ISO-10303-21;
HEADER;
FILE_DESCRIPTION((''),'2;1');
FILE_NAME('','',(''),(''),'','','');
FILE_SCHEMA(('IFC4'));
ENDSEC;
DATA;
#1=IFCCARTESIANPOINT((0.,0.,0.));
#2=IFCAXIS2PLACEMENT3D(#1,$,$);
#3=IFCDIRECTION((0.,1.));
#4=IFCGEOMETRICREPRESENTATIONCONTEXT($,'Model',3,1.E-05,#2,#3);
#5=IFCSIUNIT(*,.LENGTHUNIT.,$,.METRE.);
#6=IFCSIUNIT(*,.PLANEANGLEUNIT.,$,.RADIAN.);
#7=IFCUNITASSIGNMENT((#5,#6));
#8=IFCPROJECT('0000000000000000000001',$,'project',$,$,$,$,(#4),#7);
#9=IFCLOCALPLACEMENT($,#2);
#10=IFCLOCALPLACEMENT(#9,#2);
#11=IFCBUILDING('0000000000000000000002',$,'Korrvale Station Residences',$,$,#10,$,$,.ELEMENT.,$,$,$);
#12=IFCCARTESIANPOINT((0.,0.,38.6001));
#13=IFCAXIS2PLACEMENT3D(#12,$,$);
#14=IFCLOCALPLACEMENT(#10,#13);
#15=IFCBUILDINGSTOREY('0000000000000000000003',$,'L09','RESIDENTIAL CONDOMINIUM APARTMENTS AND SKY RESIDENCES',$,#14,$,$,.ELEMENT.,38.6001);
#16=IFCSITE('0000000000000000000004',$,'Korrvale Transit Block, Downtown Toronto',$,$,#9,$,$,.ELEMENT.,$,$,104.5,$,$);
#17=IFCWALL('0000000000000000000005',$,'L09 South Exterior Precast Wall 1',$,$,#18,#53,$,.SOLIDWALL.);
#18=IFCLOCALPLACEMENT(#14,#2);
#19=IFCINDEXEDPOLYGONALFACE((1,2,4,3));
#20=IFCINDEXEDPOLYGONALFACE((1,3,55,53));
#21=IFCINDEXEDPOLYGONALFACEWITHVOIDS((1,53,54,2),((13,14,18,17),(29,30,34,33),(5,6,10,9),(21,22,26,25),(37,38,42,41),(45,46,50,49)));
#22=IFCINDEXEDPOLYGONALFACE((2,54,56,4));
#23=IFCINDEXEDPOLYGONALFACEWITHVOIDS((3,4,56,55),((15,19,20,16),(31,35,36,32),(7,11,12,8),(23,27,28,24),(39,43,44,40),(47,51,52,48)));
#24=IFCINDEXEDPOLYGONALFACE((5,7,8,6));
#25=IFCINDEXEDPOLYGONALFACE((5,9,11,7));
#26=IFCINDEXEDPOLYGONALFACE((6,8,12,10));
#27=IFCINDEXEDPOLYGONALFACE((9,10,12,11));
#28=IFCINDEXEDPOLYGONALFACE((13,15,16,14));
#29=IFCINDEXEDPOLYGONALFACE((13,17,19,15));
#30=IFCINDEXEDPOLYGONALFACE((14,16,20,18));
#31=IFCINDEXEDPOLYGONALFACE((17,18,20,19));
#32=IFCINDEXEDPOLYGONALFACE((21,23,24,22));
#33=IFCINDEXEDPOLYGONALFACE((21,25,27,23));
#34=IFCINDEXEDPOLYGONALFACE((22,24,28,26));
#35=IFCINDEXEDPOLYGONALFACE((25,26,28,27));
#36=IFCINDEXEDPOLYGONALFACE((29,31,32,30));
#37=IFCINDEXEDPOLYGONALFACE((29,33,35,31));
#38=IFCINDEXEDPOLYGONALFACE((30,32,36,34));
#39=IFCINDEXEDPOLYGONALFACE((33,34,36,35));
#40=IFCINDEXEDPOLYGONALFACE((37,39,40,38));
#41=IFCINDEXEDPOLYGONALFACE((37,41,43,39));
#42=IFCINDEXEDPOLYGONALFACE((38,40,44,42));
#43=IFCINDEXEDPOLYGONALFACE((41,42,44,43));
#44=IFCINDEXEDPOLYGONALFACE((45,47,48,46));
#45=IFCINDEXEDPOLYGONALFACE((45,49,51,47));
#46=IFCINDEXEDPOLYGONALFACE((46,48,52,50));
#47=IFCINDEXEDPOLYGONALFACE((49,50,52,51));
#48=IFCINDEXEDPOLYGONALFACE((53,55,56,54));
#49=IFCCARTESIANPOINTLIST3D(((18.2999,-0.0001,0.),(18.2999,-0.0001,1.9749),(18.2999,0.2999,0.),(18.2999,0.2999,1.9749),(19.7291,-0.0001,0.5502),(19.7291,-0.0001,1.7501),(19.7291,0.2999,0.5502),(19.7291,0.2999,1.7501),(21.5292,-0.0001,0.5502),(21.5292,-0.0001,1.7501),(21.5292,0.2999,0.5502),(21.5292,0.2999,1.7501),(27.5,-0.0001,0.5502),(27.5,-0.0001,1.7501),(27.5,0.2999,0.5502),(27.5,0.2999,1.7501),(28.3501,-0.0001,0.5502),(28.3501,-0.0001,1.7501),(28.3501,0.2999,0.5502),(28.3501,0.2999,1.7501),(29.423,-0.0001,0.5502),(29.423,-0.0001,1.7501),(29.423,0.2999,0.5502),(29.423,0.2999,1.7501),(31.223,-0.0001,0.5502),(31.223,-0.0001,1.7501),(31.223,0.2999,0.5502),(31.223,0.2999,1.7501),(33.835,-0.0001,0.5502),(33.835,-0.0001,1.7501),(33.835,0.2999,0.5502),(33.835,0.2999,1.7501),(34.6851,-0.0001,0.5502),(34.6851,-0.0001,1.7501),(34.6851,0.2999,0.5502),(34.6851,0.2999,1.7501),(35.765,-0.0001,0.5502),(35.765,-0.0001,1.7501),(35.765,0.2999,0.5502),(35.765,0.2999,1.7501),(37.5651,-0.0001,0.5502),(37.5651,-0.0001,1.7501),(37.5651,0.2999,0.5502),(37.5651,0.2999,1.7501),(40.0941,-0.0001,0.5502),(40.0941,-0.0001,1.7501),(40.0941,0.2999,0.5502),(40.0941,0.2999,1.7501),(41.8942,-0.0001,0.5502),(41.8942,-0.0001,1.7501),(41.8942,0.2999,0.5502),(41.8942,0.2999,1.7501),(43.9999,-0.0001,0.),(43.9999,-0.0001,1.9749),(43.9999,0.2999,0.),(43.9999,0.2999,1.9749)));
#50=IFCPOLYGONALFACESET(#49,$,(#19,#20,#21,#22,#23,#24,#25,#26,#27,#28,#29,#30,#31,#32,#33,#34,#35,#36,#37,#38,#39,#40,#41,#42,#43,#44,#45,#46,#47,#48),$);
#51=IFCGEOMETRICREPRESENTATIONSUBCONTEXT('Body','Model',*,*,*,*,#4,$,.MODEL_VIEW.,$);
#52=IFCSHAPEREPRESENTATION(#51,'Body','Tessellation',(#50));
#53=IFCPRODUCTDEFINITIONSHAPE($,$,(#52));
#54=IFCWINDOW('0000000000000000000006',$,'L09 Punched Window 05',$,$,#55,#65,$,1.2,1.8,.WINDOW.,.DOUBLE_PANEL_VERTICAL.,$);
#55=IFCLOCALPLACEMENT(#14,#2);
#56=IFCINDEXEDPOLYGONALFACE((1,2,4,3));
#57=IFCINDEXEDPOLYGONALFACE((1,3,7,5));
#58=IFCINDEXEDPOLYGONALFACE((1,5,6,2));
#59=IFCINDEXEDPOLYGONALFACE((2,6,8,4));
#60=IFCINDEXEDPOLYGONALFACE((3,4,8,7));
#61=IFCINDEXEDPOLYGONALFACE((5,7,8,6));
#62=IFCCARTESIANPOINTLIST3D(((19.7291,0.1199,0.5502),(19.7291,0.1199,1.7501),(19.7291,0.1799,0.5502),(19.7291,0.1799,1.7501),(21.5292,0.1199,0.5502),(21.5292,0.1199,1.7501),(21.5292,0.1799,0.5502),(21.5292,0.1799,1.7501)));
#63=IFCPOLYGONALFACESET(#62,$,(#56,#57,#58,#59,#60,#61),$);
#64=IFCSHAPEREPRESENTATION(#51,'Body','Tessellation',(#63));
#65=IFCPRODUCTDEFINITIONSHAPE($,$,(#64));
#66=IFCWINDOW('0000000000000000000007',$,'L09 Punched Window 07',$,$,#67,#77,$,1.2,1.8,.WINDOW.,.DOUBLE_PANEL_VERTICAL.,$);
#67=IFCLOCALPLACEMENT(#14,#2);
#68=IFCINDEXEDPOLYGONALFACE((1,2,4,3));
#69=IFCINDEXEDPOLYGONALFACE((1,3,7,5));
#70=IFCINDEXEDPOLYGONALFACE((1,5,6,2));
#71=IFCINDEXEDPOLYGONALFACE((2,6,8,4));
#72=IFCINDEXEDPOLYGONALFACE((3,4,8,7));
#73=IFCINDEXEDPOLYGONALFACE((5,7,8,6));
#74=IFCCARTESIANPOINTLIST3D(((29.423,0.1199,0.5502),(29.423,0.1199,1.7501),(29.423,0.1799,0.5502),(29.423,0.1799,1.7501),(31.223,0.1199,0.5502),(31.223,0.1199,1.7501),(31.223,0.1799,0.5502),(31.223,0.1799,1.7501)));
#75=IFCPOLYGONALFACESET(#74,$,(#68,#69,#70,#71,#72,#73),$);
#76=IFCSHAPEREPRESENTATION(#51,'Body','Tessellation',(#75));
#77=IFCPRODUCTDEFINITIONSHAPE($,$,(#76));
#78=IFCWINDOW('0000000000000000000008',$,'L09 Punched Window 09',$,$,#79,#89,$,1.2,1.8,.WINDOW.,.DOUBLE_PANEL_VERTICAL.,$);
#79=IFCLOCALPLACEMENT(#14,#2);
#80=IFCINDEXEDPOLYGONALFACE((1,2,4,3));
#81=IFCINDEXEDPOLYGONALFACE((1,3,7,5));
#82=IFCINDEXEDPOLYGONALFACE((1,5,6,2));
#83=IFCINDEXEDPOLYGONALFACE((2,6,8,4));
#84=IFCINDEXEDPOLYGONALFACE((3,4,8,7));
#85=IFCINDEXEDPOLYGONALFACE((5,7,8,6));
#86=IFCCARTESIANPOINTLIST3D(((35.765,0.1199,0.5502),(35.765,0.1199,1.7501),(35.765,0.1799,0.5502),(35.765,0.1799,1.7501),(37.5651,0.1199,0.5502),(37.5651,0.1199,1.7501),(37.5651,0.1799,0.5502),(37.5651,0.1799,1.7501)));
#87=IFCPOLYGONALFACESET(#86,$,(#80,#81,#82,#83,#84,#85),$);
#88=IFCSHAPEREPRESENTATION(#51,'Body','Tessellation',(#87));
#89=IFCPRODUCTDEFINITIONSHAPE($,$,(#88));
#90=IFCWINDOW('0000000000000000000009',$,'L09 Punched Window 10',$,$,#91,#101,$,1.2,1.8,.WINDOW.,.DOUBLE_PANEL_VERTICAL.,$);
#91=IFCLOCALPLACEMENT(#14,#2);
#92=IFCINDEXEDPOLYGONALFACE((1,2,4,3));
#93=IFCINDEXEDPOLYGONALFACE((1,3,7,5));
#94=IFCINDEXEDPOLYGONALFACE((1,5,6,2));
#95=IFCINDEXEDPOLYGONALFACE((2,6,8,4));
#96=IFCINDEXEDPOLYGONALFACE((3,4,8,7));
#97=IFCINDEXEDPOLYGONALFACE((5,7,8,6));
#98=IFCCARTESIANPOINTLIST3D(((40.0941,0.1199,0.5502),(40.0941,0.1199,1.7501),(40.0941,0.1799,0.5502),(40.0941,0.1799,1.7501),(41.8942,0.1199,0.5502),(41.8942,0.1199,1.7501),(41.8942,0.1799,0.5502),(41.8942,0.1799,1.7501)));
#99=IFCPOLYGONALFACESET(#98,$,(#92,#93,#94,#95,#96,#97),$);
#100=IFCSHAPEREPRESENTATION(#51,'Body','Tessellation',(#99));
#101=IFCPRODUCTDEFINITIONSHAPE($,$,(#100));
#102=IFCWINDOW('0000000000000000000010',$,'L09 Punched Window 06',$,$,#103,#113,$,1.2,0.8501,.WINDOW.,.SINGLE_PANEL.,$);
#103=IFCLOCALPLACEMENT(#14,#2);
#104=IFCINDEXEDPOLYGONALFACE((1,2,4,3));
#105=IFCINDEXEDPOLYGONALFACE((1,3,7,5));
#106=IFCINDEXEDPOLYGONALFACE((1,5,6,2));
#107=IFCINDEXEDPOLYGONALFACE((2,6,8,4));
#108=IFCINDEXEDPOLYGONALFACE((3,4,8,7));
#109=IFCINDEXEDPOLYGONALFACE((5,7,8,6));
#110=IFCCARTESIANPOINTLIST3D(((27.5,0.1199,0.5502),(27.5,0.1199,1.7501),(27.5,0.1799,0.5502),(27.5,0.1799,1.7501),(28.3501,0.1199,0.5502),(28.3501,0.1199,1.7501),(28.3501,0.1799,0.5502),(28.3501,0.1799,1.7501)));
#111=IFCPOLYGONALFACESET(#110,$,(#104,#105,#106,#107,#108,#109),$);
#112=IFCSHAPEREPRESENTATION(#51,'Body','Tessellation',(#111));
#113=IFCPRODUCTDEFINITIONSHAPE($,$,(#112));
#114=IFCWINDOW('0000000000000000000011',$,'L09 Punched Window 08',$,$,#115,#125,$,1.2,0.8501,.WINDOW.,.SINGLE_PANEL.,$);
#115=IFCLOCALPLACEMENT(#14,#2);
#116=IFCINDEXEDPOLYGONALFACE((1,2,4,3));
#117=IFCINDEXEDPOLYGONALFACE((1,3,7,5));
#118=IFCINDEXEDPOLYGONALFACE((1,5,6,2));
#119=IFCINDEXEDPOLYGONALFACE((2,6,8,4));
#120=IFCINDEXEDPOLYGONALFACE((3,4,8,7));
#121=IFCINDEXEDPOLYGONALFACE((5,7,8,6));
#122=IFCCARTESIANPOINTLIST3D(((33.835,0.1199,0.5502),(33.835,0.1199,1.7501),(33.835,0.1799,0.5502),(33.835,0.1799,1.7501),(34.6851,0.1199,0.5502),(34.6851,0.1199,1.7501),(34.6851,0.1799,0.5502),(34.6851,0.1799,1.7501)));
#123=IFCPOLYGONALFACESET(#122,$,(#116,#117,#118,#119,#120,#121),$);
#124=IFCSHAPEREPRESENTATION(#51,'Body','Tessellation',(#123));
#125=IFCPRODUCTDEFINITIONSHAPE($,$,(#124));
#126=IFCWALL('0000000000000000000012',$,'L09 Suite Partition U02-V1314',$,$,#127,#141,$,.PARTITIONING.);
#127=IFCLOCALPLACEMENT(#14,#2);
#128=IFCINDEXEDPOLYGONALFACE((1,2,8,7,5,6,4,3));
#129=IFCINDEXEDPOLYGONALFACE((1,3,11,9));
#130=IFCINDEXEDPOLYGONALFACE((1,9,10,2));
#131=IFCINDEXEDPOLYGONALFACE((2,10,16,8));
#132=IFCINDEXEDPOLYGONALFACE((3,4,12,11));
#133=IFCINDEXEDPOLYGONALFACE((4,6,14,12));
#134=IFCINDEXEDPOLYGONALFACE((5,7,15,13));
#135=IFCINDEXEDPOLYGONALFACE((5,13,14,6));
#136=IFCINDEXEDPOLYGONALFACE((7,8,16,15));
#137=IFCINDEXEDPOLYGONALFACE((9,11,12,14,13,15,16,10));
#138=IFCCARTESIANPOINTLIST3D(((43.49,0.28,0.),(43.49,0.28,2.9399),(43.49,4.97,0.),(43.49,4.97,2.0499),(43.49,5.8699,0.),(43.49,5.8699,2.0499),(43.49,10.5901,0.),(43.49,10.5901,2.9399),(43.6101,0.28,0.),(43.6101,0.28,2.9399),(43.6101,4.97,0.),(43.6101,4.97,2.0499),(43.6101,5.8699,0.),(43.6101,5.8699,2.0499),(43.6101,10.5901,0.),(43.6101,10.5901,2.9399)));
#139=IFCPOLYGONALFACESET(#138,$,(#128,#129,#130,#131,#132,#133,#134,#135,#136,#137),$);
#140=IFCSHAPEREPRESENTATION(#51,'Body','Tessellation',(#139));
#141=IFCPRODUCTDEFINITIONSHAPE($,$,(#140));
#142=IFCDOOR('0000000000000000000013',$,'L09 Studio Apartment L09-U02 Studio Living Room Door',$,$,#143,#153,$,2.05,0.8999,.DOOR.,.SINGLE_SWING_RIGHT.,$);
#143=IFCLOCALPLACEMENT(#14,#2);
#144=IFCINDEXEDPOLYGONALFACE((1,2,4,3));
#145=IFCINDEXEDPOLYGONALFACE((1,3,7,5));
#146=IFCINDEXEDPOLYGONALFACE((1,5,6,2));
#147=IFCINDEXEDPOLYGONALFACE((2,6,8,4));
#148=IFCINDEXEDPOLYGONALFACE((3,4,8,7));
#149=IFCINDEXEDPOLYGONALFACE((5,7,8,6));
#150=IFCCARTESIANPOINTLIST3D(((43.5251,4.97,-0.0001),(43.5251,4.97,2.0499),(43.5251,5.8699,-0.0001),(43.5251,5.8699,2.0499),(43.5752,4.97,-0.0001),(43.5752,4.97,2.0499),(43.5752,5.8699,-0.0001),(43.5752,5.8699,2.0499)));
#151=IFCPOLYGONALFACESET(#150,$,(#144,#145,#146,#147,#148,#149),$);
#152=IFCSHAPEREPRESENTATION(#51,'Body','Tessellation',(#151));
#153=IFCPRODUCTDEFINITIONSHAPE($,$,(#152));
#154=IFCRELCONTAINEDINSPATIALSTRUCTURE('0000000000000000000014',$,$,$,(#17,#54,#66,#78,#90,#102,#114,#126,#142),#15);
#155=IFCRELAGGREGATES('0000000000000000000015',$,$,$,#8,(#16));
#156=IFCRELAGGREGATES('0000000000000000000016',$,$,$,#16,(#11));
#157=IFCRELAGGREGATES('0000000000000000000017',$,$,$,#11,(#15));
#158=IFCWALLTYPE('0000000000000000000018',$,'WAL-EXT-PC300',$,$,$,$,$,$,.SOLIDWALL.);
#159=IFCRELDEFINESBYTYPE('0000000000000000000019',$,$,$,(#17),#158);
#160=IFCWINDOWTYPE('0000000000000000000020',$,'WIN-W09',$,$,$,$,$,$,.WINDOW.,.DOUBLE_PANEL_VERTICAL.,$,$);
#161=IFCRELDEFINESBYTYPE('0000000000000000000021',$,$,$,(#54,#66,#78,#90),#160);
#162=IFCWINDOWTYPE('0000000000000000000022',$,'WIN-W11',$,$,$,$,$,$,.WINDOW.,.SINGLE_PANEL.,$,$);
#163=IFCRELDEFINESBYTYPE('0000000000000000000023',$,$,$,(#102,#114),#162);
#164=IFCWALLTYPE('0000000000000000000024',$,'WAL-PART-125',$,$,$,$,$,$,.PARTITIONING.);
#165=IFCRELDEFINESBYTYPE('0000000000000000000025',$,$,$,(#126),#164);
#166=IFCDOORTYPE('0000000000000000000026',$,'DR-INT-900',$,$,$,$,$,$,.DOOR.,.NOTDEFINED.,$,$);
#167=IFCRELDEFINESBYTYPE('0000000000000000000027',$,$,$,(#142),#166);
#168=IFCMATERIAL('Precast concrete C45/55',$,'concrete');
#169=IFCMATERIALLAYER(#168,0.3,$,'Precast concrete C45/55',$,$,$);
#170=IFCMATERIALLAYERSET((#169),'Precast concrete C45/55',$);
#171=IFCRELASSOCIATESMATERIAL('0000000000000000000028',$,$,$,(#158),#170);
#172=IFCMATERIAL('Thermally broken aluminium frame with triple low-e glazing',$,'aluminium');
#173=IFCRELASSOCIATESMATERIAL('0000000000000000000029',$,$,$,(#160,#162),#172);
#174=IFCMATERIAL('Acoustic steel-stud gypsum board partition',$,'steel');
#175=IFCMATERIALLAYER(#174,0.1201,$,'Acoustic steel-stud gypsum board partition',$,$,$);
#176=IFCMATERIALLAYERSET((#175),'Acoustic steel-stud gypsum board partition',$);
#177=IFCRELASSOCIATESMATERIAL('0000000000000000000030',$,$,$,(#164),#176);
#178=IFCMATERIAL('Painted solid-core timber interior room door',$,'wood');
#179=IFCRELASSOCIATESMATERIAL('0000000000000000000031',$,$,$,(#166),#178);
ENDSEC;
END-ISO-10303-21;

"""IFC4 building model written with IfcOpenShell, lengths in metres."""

from ifc_helpers import new_model, si_unit, direction, frame, frame_2d, origin, place, context, subcontext, project, spatial, rectangle, extrude, material, layer, layer_set, type_object, element, fill, save


model = new_model("IFC4")

# Units and contexts
model_context = context("Model", 3, precision=1e-05, world=origin(), true_north=direction((0.0, 1.0)))
body_context = subcontext(model_context, "Body", "Model", "MODEL_VIEW")
ifc_project = project(units=[si_unit("LENGTHUNIT", "METRE"), si_unit("PLANEANGLEUNIT", "RADIAN")], contexts=[model_context])

# Site, building, storey
site_placement = place(None, origin())
site = spatial("IfcSite", under=ifc_project, at=site_placement, Name="Korrvale Transit Block, Downtown Toronto", CompositionType="ELEMENT", RefElevation=104.5)
building_placement = place(site_placement, origin())
building = spatial("IfcBuilding", under=site, at=building_placement, Name="Korrvale Station Residences", CompositionType="ELEMENT")
storey_placement = place(building_placement, frame((0.0, 0.0, 38.6001)))
storey = spatial("IfcBuildingStorey", under=building, at=storey_placement, Name="L09", Description="RESIDENTIAL CONDOMINIUM APARTMENTS AND SKY RESIDENCES", CompositionType="ELEMENT", Elevation=38.6001)

# Shared definitions
ifc_material_1 = material(Name="Precast concrete C45/55", Category="concrete")

# Wall, openings, windows
ifc_layer_1 = layer(ifc_material_1, 0.3, Name="Precast concrete C45/55")
ifc_layer_set_1 = layer_set([ifc_layer_1], Name="Precast concrete C45/55")
wall_type_1 = type_object("IfcWallType", Name="WAL-EXT-PC300", PredefinedType="SOLIDWALL", material=ifc_layer_set_1)
wall_1_placement = place(storey_placement, frame((44.0, 0.1499, 0.0), z_axis=(0.0, 0.0, 1.0), x_axis=(-1.0, 0.0, 0.0)))
wall_1 = element("IfcWall", 1, at=wall_1_placement, inside=storey, type_object=wall_type_1, Name="L09 South Exterior Precast Wall 1", PredefinedType="SOLIDWALL", context=body_context, shape_type="SweptSolid", body=[
    extrude(rectangle(XDim=25.7, YDim=0.3, at=frame_2d((12.8501, 0.0))), origin(), (0.0, 0.0, 1.0), 1.9749),
])
opening_1_placement = place(wall_1_placement, frame((22.4709, 0.0, 0.55)))
opening_1 = element("IfcOpeningElement", 2, at=opening_1_placement, cuts=wall_1, PredefinedType="OPENING", context=body_context, shape_type="SweptSolid", body=[
    extrude(rectangle(XDim=1.8, YDim=1.2, at=frame_2d((0.8999, 0.6001))), frame((0.0, 0.1602, 0.0), z_axis=(0.0, -1.0, 0.0), x_axis=(1.0, 0.0, 0.0)), (0.0, 0.0, 1.0), 0.3201),
])
opening_2_placement = place(wall_1_placement, frame((15.6499, 0.0, 0.55)))
opening_2 = element("IfcOpeningElement", 3, at=opening_2_placement, cuts=wall_1, PredefinedType="OPENING", context=body_context, shape_type="SweptSolid", body=[
    extrude(rectangle(XDim=0.8501, YDim=1.2, at=frame_2d((0.425, 0.6001))), frame((0.0, 0.1602, 0.0), z_axis=(0.0, -1.0, 0.0), x_axis=(1.0, 0.0, 0.0)), (0.0, 0.0, 1.0), 0.3201),
])
opening_3_placement = place(wall_1_placement, frame((12.7771, 0.0, 0.55)))
opening_3 = element("IfcOpeningElement", 4, at=opening_3_placement, cuts=wall_1, PredefinedType="OPENING", context=body_context, shape_type="SweptSolid", body=[
    extrude(rectangle(XDim=1.8, YDim=1.2, at=frame_2d((0.8999, 0.6001))), frame((0.0, 0.1602, 0.0), z_axis=(0.0, -1.0, 0.0), x_axis=(1.0, 0.0, 0.0)), (0.0, 0.0, 1.0), 0.3201),
])
opening_4_placement = place(wall_1_placement, frame((9.3149, 0.0, 0.55)))
opening_4 = element("IfcOpeningElement", 5, at=opening_4_placement, cuts=wall_1, PredefinedType="OPENING", context=body_context, shape_type="SweptSolid", body=[
    extrude(rectangle(XDim=0.8501, YDim=1.2, at=frame_2d((0.425, 0.6001))), frame((0.0, 0.1602, 0.0), z_axis=(0.0, -1.0, 0.0), x_axis=(1.0, 0.0, 0.0)), (0.0, 0.0, 1.0), 0.3201),
])
opening_5_placement = place(wall_1_placement, frame((6.4351, 0.0, 0.55)))
opening_5 = element("IfcOpeningElement", 6, at=opening_5_placement, cuts=wall_1, PredefinedType="OPENING", context=body_context, shape_type="SweptSolid", body=[
    extrude(rectangle(XDim=1.8, YDim=1.2, at=frame_2d((0.8999, 0.6001))), frame((0.0, 0.1602, 0.0), z_axis=(0.0, -1.0, 0.0), x_axis=(1.0, 0.0, 0.0)), (0.0, 0.0, 1.0), 0.3201),
])
opening_6_placement = place(wall_1_placement, frame((2.106, 0.0, 0.55)))
opening_6 = element("IfcOpeningElement", 7, at=opening_6_placement, cuts=wall_1, PredefinedType="OPENING", context=body_context, shape_type="SweptSolid", body=[
    extrude(rectangle(XDim=1.8, YDim=1.2, at=frame_2d((0.8999, 0.6001))), frame((0.0, 0.1602, 0.0), z_axis=(0.0, -1.0, 0.0), x_axis=(1.0, 0.0, 0.0)), (0.0, 0.0, 1.0), 0.3201),
])
ifc_material_2 = material(Name="Thermally broken aluminium frame with triple low-e glazing", Category="aluminium")
window_type_1 = type_object("IfcWindowType", Name="WIN-W09", PartitioningType="DOUBLE_PANEL_VERTICAL", PredefinedType="WINDOW", material=ifc_material_2)
window_1_placement = place(opening_1_placement, origin())
window_1 = element("IfcWindow", 8, at=window_1_placement, inside=storey, type_object=window_type_1, Name="L09 Punched Window 05", OverallHeight=1.2, OverallWidth=1.8, PartitioningType="DOUBLE_PANEL_VERTICAL", PredefinedType="WINDOW", context=body_context, shape_type="SweptSolid", body=[
    extrude(rectangle(XDim=1.8, YDim=1.2, at=frame_2d((0.8999, 0.6001))), frame((0.0, 0.03, 0.0), z_axis=(0.0, -1.0, 0.0), x_axis=(1.0, 0.0, 0.0)), (0.0, 0.0, 1.0), 0.0601),
])
fill(opening_1, window_1)
window_2_placement = place(opening_3_placement, origin())
window_2 = element("IfcWindow", 9, at=window_2_placement, inside=storey, type_object=window_type_1, Name="L09 Punched Window 07", OverallHeight=1.2, OverallWidth=1.8, PartitioningType="DOUBLE_PANEL_VERTICAL", PredefinedType="WINDOW", context=body_context, shape_type="SweptSolid", body=[
    extrude(rectangle(XDim=1.8, YDim=1.2, at=frame_2d((0.8999, 0.6001))), frame((0.0, 0.03, 0.0), z_axis=(0.0, -1.0, 0.0), x_axis=(1.0, 0.0, 0.0)), (0.0, 0.0, 1.0), 0.0601),
])
fill(opening_3, window_2)
window_3_placement = place(opening_5_placement, origin())
window_3 = element("IfcWindow", 10, at=window_3_placement, inside=storey, type_object=window_type_1, Name="L09 Punched Window 09", OverallHeight=1.2, OverallWidth=1.8, PartitioningType="DOUBLE_PANEL_VERTICAL", PredefinedType="WINDOW", context=body_context, shape_type="SweptSolid", body=[
    extrude(rectangle(XDim=1.8, YDim=1.2, at=frame_2d((0.8999, 0.6001))), frame((0.0, 0.03, 0.0), z_axis=(0.0, -1.0, 0.0), x_axis=(1.0, 0.0, 0.0)), (0.0, 0.0, 1.0), 0.0601),
])
fill(opening_5, window_3)
window_4_placement = place(opening_6_placement, origin())
window_4 = element("IfcWindow", 11, at=window_4_placement, inside=storey, type_object=window_type_1, Name="L09 Punched Window 10", OverallHeight=1.2, OverallWidth=1.8, PartitioningType="DOUBLE_PANEL_VERTICAL", PredefinedType="WINDOW", context=body_context, shape_type="SweptSolid", body=[
    extrude(rectangle(XDim=1.8, YDim=1.2, at=frame_2d((0.8999, 0.6001))), frame((0.0, 0.03, 0.0), z_axis=(0.0, -1.0, 0.0), x_axis=(1.0, 0.0, 0.0)), (0.0, 0.0, 1.0), 0.0601),
])
fill(opening_6, window_4)
window_type_2 = type_object("IfcWindowType", Name="WIN-W11", PartitioningType="SINGLE_PANEL", PredefinedType="WINDOW", material=ifc_material_2)
window_5_placement = place(opening_2_placement, origin())
window_5 = element("IfcWindow", 12, at=window_5_placement, inside=storey, type_object=window_type_2, Name="L09 Punched Window 06", OverallHeight=1.2, OverallWidth=0.8501, PartitioningType="SINGLE_PANEL", PredefinedType="WINDOW", context=body_context, shape_type="SweptSolid", body=[
    extrude(rectangle(XDim=0.8501, YDim=1.2, at=frame_2d((0.425, 0.6001))), frame((0.0, 0.03, 0.0), z_axis=(0.0, -1.0, 0.0), x_axis=(1.0, 0.0, 0.0)), (0.0, 0.0, 1.0), 0.0601),
])
fill(opening_2, window_5)
window_6_placement = place(opening_4_placement, origin())
window_6 = element("IfcWindow", 13, at=window_6_placement, inside=storey, type_object=window_type_2, Name="L09 Punched Window 08", OverallHeight=1.2, OverallWidth=0.8501, PartitioningType="SINGLE_PANEL", PredefinedType="WINDOW", context=body_context, shape_type="SweptSolid", body=[
    extrude(rectangle(XDim=0.8501, YDim=1.2, at=frame_2d((0.425, 0.6001))), frame((0.0, 0.03, 0.0), z_axis=(0.0, -1.0, 0.0), x_axis=(1.0, 0.0, 0.0)), (0.0, 0.0, 1.0), 0.0601),
])
fill(opening_4, window_6)

# Wall, opening, door
ifc_material_3 = material(Name="Acoustic steel-stud gypsum board partition", Category="steel")
ifc_layer_2 = layer(ifc_material_3, 0.1201, Name="Acoustic steel-stud gypsum board partition")
ifc_layer_set_2 = layer_set([ifc_layer_2], Name="Acoustic steel-stud gypsum board partition")
wall_type_2 = type_object("IfcWallType", Name="WAL-PART-125", PredefinedType="PARTITIONING", material=ifc_layer_set_2)
wall_2_placement = place(storey_placement, frame((43.55, 0.28, 0.0), z_axis=(0.0, 0.0, 1.0), x_axis=(0.0, 1.0, 0.0)))
wall_2 = element("IfcWall", 14, at=wall_2_placement, inside=storey, type_object=wall_type_2, Name="L09 Suite Partition U02-V1314", PredefinedType="PARTITIONING", context=body_context, shape_type="SweptSolid", body=[
    extrude(rectangle(XDim=10.3101, YDim=0.1201, at=frame_2d((5.155, 0.0))), origin(), (0.0, 0.0, 1.0), 2.9399),
])
opening_7_placement = place(wall_2_placement, frame((4.6899, 0.0, 0.0)))
opening_7 = element("IfcOpeningElement", 15, at=opening_7_placement, cuts=wall_2, PredefinedType="OPENING", context=body_context, shape_type="SweptSolid", body=[
    extrude(rectangle(XDim=0.8999, YDim=2.05, at=frame_2d((0.45, 1.0249))), frame((0.0, 0.0701, 0.0), z_axis=(0.0, -1.0, 0.0), x_axis=(1.0, 0.0, 0.0)), (0.0, 0.0, 1.0), 0.1401),
])
ifc_material_4 = material(Name="Painted solid-core timber interior room door", Category="wood")
door_type = type_object("IfcDoorType", Name="DR-INT-900", OperationType="NOTDEFINED", PredefinedType="DOOR", material=ifc_material_4)
door_placement = place(opening_7_placement, origin())
door = element("IfcDoor", 16, at=door_placement, inside=storey, type_object=door_type, Name="L09 Studio Apartment L09-U02 Studio Living Room Door", OperationType="SINGLE_SWING_RIGHT", OverallHeight=2.05, OverallWidth=0.8999, PredefinedType="DOOR", context=body_context, shape_type="SweptSolid", body=[
    extrude(rectangle(XDim=0.8999, YDim=2.05, at=frame_2d((0.45, 1.0249))), frame((0.0, 0.0249, 0.0), z_axis=(0.0, -1.0, 0.0), x_axis=(1.0, 0.0, 0.0)), (0.0, 0.0, 1.0), 0.05),
])
fill(opening_7, door)

save(model, "model.ifc")
